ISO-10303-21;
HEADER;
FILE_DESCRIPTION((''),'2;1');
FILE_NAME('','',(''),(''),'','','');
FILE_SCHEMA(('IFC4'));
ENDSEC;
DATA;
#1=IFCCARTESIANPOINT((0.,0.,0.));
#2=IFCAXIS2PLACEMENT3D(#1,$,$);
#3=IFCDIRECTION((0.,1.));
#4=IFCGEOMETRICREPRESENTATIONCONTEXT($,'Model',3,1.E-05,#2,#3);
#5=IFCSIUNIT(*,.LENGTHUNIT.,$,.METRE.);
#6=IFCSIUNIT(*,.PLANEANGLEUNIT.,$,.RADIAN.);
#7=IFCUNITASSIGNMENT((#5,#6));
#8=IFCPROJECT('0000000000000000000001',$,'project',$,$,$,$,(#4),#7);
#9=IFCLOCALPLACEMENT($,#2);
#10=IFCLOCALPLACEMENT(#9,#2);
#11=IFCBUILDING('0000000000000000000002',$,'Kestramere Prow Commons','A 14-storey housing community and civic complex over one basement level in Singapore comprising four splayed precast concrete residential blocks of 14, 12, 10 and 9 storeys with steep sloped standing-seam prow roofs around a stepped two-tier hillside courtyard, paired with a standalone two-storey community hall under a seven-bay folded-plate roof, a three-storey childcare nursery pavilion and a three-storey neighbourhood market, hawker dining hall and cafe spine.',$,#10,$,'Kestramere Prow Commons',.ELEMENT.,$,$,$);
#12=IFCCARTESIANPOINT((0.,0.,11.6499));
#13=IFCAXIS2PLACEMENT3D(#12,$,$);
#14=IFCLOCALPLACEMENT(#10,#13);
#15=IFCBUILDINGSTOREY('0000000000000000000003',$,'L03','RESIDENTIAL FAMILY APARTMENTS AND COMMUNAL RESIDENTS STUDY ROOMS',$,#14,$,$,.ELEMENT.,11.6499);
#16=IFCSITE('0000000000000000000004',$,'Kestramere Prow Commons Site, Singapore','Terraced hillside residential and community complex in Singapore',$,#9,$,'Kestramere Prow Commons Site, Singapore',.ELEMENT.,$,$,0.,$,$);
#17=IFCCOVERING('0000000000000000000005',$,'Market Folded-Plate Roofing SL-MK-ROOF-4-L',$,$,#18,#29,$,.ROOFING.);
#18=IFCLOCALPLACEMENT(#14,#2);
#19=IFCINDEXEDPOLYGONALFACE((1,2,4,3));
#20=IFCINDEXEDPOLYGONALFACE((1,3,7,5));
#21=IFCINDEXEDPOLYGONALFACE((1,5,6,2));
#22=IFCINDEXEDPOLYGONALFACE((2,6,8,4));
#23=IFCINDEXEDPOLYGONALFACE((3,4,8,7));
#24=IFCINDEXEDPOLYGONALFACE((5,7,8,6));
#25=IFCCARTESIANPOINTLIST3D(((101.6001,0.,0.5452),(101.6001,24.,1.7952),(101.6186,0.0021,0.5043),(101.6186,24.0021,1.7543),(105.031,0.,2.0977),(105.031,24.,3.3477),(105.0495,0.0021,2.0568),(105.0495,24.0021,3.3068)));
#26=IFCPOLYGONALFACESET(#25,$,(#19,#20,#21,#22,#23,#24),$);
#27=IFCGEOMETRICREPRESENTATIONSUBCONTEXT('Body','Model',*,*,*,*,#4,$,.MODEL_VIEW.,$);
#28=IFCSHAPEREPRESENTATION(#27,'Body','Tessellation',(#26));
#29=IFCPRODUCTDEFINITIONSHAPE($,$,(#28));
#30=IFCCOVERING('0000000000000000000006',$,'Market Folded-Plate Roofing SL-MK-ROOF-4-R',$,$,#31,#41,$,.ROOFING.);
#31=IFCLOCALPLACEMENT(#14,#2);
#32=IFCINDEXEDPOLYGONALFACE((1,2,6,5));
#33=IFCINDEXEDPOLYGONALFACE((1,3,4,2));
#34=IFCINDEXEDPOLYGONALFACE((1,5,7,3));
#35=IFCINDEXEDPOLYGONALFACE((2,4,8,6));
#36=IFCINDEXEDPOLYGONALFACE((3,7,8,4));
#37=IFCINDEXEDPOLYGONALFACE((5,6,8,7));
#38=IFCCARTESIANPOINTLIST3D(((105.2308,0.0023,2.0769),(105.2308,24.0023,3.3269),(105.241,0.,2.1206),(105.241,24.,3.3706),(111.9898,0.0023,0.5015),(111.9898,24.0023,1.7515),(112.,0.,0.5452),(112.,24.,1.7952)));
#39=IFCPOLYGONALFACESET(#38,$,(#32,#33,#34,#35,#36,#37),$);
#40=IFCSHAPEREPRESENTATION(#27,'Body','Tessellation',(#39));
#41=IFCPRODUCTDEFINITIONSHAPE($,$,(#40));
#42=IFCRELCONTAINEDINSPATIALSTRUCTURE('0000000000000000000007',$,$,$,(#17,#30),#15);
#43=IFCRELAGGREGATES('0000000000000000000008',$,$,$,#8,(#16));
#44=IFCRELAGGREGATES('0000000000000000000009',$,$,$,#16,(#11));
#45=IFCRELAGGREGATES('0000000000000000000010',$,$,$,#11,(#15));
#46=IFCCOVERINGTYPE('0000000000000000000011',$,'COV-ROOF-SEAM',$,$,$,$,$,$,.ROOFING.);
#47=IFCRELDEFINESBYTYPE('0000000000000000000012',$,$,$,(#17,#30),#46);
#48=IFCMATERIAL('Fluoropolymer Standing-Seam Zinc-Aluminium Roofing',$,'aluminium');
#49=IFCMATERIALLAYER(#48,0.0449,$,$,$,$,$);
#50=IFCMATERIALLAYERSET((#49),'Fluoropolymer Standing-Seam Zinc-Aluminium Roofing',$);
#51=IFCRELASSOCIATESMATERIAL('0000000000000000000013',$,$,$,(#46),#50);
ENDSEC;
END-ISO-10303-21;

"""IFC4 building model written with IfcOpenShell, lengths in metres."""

from ifc_helpers import new_model, si_unit, direction, frame, origin, place, context, subcontext, project, spatial, polyline, outline, extrude, material, layer, layer_set, type_object, element, save


model = new_model("IFC4")

# Units and contexts
model_context = context("Model", 3, precision=1e-05, world=origin(), true_north=direction((0.0, 1.0)))
body_context = subcontext(model_context, "Body", "Model", "MODEL_VIEW")
ifc_project = project(units=[si_unit("LENGTHUNIT", "METRE"), si_unit("PLANEANGLEUNIT", "RADIAN")], contexts=[model_context])

# Site, building, storey
site_placement = place(None, origin())
site = spatial("IfcSite", under=ifc_project, at=site_placement, Name="Kestramere Prow Commons Site, Singapore", Description="Terraced hillside residential and community complex in Singapore", LongName="Kestramere Prow Commons Site, Singapore", CompositionType="ELEMENT", RefElevation=0.0)
building_placement = place(site_placement, origin())
building = spatial("IfcBuilding", under=site, at=building_placement, Name="Kestramere Prow Commons", Description="A 14-storey housing community and civic complex over one basement level in Singapore comprising four splayed precast concrete residential blocks of 14, 12, 10 and 9 storeys with steep sloped standing-seam prow roofs around a stepped two-tier hillside courtyard, paired with a standalone two-storey community hall under a seven-bay folded-plate roof, a three-storey childcare nursery pavilion and a three-storey neighbourhood market, hawker dining hall and cafe spine.", LongName="Kestramere Prow Commons", CompositionType="ELEMENT")
storey_placement = place(building_placement, frame((0.0, 0.0, 11.6499)))
storey = spatial("IfcBuildingStorey", under=building, at=storey_placement, Name="L03", Description="RESIDENTIAL FAMILY APARTMENTS AND COMMUNAL RESIDENTS STUDY ROOMS", CompositionType="ELEMENT", Elevation=11.6499)

# Coverings
ifc_material_1 = material(Name="Fluoropolymer Standing-Seam Zinc-Aluminium Roofing", Category="aluminium")
ifc_layer_1 = layer(ifc_material_1, 0.0449)
ifc_layer_set_1 = layer_set([ifc_layer_1], Name="Fluoropolymer Standing-Seam Zinc-Aluminium Roofing")
covering_type_1 = type_object("IfcCoveringType", Name="COV-ROOF-SEAM", PredefinedType="ROOFING", material=ifc_layer_set_1)
covering_1_placement = place(storey_placement, frame((101.6001, 0.0, 0.5452), z_axis=(-0.411795, -0.047398, 0.910043), x_axis=(0.911067, 0.0, 0.412259)))
element("IfcCovering", 1, at=covering_1_placement, inside=storey, type_object=covering_type_1, Name="Market Folded-Plate Roofing SL-MK-ROOF-4-L", PredefinedType="ROOFING", context=body_context, shape_type="SweptSolid", body=[
    extrude(outline(polyline([(0.0, 0.0), (3.7658, 0.0), (4.2811, 24.027), (0.5153, 24.027), (0.0, 0.0)])), origin(), (0.0, 0.0, -1.0), 0.0449),
])
covering_2_placement = place(storey_placement, frame((105.241, 0.0, 2.1206), z_axis=(0.22671, -0.050659, 0.972644), x_axis=(0.973894, 0.0, -0.227002)))
element("IfcCovering", 2, at=covering_2_placement, inside=storey, type_object=covering_type_1, Name="Market Folded-Plate Roofing SL-MK-ROOF-4-R", PredefinedType="ROOFING", context=body_context, shape_type="SweptSolid", body=[
    extrude(outline(polyline([(0.0, 0.0), (6.9402, 0.0), (6.6565, 24.0309), (-0.2838, 24.0309), (0.0, 0.0)])), origin(), (0.0, 0.0, -1.0), 0.0449),
])

save(model, "model.ifc")
